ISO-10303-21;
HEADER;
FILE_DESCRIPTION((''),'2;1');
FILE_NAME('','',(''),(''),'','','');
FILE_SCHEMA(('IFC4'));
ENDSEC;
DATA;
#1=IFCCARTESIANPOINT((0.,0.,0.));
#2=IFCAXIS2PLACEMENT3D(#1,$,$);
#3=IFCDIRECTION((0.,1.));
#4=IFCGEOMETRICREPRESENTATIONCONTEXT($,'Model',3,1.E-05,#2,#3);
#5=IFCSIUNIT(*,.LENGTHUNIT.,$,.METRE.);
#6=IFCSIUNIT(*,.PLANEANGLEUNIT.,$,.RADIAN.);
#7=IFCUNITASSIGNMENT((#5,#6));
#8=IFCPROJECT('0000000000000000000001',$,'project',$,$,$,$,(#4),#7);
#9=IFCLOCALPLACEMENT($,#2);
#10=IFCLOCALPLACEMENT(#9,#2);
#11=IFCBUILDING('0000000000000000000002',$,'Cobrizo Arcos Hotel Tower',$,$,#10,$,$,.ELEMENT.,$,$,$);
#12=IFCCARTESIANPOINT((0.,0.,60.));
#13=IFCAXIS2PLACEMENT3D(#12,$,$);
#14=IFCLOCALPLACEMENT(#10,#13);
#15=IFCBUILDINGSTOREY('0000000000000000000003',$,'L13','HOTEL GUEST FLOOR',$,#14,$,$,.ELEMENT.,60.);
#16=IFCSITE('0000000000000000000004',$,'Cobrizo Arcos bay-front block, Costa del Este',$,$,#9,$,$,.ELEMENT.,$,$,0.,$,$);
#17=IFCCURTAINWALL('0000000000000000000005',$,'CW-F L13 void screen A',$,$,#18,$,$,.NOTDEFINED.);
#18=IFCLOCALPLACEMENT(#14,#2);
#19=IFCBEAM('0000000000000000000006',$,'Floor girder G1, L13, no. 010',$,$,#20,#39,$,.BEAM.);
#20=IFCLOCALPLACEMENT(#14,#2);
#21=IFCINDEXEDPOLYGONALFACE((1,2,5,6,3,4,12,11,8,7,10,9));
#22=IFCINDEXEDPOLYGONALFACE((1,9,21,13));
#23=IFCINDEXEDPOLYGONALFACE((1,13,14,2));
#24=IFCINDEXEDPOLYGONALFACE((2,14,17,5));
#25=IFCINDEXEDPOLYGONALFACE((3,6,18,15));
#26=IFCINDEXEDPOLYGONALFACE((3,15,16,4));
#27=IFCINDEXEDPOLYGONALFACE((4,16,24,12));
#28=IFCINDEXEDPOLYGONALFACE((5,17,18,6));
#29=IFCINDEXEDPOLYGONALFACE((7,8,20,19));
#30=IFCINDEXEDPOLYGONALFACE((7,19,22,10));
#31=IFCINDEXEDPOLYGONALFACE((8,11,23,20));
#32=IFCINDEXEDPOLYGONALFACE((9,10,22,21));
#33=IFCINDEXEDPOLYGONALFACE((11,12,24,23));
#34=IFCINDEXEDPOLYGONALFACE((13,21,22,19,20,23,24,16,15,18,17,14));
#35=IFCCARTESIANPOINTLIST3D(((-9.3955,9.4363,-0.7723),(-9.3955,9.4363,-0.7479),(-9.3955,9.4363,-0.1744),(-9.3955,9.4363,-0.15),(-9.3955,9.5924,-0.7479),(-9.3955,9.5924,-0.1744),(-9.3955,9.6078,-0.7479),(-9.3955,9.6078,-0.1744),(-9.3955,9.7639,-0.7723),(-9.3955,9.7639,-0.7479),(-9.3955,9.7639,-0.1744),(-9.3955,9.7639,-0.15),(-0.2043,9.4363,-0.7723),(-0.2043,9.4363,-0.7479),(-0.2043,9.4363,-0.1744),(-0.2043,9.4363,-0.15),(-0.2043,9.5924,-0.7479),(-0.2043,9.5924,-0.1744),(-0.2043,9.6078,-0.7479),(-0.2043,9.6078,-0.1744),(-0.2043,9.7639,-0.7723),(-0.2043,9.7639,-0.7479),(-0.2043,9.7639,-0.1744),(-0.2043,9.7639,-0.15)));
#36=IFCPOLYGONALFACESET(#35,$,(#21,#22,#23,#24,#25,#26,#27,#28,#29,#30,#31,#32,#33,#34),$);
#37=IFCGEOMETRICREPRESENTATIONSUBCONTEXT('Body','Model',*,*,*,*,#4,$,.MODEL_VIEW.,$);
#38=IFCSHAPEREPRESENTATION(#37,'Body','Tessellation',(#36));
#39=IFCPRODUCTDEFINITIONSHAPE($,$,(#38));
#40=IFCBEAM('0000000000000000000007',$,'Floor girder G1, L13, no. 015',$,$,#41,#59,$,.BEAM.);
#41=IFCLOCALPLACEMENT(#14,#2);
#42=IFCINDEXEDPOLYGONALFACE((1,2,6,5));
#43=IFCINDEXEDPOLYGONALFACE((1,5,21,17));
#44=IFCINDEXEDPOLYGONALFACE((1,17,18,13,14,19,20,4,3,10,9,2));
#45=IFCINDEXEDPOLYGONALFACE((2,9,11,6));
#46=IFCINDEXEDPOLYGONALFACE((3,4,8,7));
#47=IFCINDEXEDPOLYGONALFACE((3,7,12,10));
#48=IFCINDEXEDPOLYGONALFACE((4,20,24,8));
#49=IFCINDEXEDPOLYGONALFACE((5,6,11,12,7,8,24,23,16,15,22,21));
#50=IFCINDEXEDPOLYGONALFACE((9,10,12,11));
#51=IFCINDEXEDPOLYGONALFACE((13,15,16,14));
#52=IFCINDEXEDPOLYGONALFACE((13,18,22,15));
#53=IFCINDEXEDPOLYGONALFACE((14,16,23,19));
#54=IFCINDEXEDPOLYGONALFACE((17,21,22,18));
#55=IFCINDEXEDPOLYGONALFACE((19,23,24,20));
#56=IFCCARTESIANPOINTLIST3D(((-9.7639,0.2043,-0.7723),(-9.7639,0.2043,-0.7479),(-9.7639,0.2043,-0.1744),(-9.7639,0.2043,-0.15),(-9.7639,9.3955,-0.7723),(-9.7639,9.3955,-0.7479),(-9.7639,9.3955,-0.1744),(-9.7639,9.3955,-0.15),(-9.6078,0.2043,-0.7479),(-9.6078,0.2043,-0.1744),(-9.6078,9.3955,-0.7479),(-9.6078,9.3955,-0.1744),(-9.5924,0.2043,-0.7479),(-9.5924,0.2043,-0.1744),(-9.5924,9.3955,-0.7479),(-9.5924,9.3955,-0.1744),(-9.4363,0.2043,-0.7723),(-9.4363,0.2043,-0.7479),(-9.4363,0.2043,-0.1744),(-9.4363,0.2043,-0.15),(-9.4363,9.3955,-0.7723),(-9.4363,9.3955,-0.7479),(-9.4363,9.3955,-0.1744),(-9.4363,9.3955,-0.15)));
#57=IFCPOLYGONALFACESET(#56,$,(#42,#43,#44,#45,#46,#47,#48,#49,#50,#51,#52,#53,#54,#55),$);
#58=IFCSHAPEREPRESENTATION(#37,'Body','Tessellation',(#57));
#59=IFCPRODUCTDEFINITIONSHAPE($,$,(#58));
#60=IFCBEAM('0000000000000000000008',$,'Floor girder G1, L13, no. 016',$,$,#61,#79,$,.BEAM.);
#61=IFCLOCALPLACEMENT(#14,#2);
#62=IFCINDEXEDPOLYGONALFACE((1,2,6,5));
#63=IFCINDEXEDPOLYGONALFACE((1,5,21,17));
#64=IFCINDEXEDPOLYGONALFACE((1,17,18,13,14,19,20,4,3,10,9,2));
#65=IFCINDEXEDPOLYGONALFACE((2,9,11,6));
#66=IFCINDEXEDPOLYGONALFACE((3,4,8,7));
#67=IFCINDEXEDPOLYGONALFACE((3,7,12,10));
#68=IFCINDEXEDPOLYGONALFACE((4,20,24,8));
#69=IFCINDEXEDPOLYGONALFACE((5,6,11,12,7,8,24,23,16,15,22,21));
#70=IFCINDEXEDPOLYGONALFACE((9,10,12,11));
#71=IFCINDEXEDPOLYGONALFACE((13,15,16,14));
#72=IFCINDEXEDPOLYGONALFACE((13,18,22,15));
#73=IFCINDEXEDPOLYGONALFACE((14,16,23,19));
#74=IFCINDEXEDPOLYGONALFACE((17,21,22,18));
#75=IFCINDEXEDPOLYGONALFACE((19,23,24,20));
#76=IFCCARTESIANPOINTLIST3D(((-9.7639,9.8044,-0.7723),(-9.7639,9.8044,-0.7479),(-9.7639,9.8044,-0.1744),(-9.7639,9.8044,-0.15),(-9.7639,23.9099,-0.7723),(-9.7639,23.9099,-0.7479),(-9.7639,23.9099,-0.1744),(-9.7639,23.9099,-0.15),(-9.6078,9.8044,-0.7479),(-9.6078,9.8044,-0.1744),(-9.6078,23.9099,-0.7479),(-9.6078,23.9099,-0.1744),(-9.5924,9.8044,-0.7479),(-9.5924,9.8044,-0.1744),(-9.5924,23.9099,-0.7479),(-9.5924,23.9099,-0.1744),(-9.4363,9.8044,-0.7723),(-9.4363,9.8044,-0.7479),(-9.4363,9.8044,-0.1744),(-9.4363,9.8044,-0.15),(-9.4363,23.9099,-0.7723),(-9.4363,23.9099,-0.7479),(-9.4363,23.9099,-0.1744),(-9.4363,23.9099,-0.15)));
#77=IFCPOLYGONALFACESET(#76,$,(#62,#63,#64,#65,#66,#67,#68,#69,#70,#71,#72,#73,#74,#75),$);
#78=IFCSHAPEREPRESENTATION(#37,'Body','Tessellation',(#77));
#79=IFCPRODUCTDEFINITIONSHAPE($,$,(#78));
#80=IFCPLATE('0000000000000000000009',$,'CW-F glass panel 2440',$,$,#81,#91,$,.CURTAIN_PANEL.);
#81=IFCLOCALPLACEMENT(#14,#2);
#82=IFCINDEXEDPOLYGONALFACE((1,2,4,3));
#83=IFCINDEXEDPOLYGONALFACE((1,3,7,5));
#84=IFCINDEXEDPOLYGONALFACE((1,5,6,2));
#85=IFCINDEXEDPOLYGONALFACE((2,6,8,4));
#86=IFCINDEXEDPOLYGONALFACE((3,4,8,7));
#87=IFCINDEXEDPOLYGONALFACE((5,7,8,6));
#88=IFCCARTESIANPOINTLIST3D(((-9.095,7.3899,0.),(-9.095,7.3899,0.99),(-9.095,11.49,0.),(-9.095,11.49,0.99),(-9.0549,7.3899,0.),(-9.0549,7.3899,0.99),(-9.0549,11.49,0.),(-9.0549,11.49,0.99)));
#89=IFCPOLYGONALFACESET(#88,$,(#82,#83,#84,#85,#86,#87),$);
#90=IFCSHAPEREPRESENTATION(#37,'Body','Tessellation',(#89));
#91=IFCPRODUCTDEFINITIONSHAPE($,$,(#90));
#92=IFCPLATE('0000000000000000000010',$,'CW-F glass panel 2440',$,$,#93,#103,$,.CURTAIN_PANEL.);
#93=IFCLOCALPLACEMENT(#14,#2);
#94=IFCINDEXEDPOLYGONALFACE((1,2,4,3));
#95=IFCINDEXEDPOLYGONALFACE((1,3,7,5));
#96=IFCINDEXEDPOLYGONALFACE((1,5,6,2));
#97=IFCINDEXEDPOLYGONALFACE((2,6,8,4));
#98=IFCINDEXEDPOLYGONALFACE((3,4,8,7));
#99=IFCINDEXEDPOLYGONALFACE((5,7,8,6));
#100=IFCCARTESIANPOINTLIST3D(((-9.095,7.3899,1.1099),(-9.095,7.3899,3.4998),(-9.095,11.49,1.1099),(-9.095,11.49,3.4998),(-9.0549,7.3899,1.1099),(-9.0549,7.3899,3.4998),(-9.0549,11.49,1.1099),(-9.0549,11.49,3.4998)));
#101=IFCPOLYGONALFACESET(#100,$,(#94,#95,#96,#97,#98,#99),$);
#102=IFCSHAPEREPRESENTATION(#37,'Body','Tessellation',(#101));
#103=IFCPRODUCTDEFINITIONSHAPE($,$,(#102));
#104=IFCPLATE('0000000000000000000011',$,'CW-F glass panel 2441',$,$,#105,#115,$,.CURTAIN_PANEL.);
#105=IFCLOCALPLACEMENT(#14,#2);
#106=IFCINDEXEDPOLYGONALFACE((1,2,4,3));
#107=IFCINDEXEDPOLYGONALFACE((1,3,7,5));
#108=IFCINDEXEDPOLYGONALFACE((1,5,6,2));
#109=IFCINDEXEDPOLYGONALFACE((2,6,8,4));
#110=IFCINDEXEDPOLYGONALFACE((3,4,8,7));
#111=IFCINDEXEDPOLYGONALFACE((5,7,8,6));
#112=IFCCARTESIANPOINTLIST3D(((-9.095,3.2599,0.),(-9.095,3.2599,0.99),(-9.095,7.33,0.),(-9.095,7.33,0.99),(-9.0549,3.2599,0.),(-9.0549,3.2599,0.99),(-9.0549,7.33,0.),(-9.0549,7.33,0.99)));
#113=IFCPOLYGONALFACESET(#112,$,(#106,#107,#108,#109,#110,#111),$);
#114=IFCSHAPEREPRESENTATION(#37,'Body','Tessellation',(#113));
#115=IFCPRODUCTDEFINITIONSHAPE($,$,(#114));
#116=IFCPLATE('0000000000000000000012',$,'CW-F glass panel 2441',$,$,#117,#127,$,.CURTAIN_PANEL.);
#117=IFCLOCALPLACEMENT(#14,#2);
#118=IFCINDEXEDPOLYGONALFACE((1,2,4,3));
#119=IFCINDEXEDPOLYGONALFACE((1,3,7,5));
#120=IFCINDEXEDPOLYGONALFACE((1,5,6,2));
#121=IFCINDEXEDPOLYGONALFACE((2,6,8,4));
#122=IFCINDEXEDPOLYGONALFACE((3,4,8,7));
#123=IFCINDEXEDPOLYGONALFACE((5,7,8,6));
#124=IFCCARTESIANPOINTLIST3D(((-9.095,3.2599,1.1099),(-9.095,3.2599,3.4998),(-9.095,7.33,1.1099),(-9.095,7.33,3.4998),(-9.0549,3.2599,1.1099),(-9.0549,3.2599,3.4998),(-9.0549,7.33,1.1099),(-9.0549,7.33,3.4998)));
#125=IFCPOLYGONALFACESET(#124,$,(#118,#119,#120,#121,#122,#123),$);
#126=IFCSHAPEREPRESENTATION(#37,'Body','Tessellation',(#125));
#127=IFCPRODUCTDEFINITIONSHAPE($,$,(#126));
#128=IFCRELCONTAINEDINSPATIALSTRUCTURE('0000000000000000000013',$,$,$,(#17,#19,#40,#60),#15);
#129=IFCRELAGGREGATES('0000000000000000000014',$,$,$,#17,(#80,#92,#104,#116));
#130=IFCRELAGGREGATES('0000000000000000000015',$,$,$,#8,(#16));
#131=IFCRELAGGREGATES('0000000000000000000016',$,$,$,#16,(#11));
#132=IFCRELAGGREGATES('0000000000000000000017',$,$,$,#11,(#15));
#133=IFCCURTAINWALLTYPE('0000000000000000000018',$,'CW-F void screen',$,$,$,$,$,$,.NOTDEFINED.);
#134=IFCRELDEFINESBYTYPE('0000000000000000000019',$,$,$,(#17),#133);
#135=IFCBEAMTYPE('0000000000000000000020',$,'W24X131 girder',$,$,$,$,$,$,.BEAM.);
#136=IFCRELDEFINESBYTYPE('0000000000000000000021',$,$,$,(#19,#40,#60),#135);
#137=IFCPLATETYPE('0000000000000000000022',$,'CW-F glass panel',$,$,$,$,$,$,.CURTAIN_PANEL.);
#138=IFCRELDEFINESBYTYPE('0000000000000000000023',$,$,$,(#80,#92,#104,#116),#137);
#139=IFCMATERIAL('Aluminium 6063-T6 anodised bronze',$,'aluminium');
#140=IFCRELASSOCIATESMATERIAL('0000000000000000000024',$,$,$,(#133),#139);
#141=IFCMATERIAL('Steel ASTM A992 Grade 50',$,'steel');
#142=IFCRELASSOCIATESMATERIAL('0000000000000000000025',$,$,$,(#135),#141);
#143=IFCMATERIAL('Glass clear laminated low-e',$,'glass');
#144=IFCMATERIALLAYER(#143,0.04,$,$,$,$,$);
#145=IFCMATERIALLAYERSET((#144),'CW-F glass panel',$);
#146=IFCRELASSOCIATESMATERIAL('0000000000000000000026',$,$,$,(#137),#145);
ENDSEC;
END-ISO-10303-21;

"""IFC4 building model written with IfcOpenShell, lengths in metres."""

from ifc_helpers import new_model, si_unit, direction, frame, origin, origin_2d, place, context, subcontext, project, spatial, rectangle, i_section, extrude, material, layer, layer_set, material_profile, profile_set, type_object, element, aggregate, save


model = new_model("IFC4")

# Units and contexts
model_context = context("Model", 3, precision=1e-05, world=origin(), true_north=direction((0.0, 1.0)))
body_context = subcontext(model_context, "Body", "Model", "MODEL_VIEW")
ifc_project = project(units=[si_unit("LENGTHUNIT", "METRE"), si_unit("PLANEANGLEUNIT", "RADIAN")], contexts=[model_context])

# Site, building, storey
site_placement = place(None, origin())
site = spatial("IfcSite", under=ifc_project, at=site_placement, Name="Cobrizo Arcos bay-front block, Costa del Este", CompositionType="ELEMENT", RefElevation=0.0)
building_placement = place(site_placement, origin())
building = spatial("IfcBuilding", under=site, at=building_placement, Name="Cobrizo Arcos Hotel Tower", CompositionType="ELEMENT")
storey_placement = place(building_placement, frame((0.0, 0.0, 60.0)))
storey = spatial("IfcBuildingStorey", under=building, at=storey_placement, Name="L13", Description="HOTEL GUEST FLOOR", CompositionType="ELEMENT", Elevation=60.0)

# Shared definitions
ifc_material_1 = material(Name="Steel ASTM A992 Grade 50", Category="steel")

# Curtain wall
ifc_material_2 = material(Name="Aluminium 6063-T6 anodised bronze", Category="aluminium")
curtain_wall_type = type_object("IfcCurtainWallType", Name="CW-F void screen", PredefinedType="NOTDEFINED", material=ifc_material_2)
curtain_wall_1_placement = place(storey_placement, origin())
curtain_wall_1 = element("IfcCurtainWall", 1, at=curtain_wall_1_placement, inside=storey, type_object=curtain_wall_type, Name="CW-F L13 void screen A", PredefinedType="NOTDEFINED")

# Beams
ifc_material_profile_1 = material_profile(ifc_material_1, i_section(OverallWidth=0.3276, OverallDepth=0.6223, WebThickness=0.0154, FlangeThickness=0.0244, at=origin_2d()), Name="W24X131")
ifc_profile_set_1 = profile_set([ifc_material_profile_1], Name="Steel ASTM A992 Grade 50")
beam_type_1 = type_object("IfcBeamType", Name="W24X131 girder", PredefinedType="BEAM", material=ifc_profile_set_1)
for number, where, z_axis, x_axis, name in (
    (2, (-9.3955, 9.6001, -0.4612), (1.0, 0.0, 0.0), (0.0, 1.0, 0.0), "Floor girder G1, L13, no. 010"),
    (3, (-9.6001, 0.2043, -0.4612), (0.0, 1.0, 0.0), (-1.0, 0.0, 0.0), "Floor girder G1, L13, no. 015"),
):
    element("IfcBeam", number, at=place(storey_placement, frame(where, z_axis=z_axis, x_axis=x_axis)), inside=storey, type_object=beam_type_1, Name=name, PredefinedType="BEAM", context=body_context, shape_type="SweptSolid", body=[
        extrude(i_section(OverallWidth=0.3276, OverallDepth=0.6223, WebThickness=0.0154, FlangeThickness=0.0244, at=origin_2d()), origin(), (0.0, 0.0, 1.0), 9.1912),
    ])
beam_1_placement = place(storey_placement, frame((-9.6001, 9.8044, -0.4612), z_axis=(0.0, 1.0, 0.0), x_axis=(-1.0, 0.0, 0.0)))
element("IfcBeam", 4, at=beam_1_placement, inside=storey, type_object=beam_type_1, Name="Floor girder G1, L13, no. 016", PredefinedType="BEAM", context=body_context, shape_type="SweptSolid", body=[
    extrude(i_section(OverallWidth=0.3276, OverallDepth=0.6223, WebThickness=0.0154, FlangeThickness=0.0244, at=origin_2d()), origin(), (0.0, 0.0, 1.0), 14.1055),
])

# Plates
ifc_material_3 = material(Name="Glass clear laminated low-e", Category="glass")
ifc_layer_1 = layer(ifc_material_3, 0.04)
ifc_layer_set_1 = layer_set([ifc_layer_1], Name="CW-F glass panel")
plate_type = type_object("IfcPlateType", Name="CW-F glass panel", PredefinedType="CURTAIN_PANEL", material=ifc_layer_set_1)
plate_1_placement = place(storey_placement, frame((-9.075, 9.4399, 0.0), z_axis=(0.0, 0.0, 1.0), x_axis=(0.0, -1.0, 0.0)))
plate_1 = element("IfcPlate", 5, at=plate_1_placement, type_object=plate_type, Name="CW-F glass panel 2440", PredefinedType="CURTAIN_PANEL", context=body_context, shape_type="SweptSolid", body=[
    extrude(rectangle(XDim=4.1001, YDim=0.04, at=origin_2d()), origin(), (0.0, 0.0, 1.0), 0.99),
])
plate_2_placement = place(storey_placement, frame((-9.075, 9.4399, 1.1099), z_axis=(0.0, 0.0, 1.0), x_axis=(0.0, -1.0, 0.0)))
plate_2 = element("IfcPlate", 6, at=plate_2_placement, type_object=plate_type, Name="CW-F glass panel 2440", PredefinedType="CURTAIN_PANEL", context=body_context, shape_type="SweptSolid", body=[
    extrude(rectangle(XDim=4.1001, YDim=0.04, at=origin_2d()), origin(), (0.0, 0.0, 1.0), 2.3899),
])
plate_3_placement = place(storey_placement, frame((-9.075, 5.2949, 0.0), z_axis=(0.0, 0.0, 1.0), x_axis=(0.0, -1.0, 0.0)))
plate_3 = element("IfcPlate", 7, at=plate_3_placement, type_object=plate_type, Name="CW-F glass panel 2441", PredefinedType="CURTAIN_PANEL", context=body_context, shape_type="SweptSolid", body=[
    extrude(rectangle(XDim=4.0701, YDim=0.04, at=origin_2d()), origin(), (0.0, 0.0, 1.0), 0.99),
])
plate_4_placement = place(storey_placement, frame((-9.075, 5.2949, 1.1099), z_axis=(0.0, 0.0, 1.0), x_axis=(0.0, -1.0, 0.0)))
plate_4 = element("IfcPlate", 8, at=plate_4_placement, type_object=plate_type, Name="CW-F glass panel 2441", PredefinedType="CURTAIN_PANEL", context=body_context, shape_type="SweptSolid", body=[
    extrude(rectangle(XDim=4.0701, YDim=0.04, at=origin_2d()), origin(), (0.0, 0.0, 1.0), 2.3899),
])
aggregate(curtain_wall_1, [plate_1, plate_2, plate_3, plate_4])

save(model, "model.ifc")
